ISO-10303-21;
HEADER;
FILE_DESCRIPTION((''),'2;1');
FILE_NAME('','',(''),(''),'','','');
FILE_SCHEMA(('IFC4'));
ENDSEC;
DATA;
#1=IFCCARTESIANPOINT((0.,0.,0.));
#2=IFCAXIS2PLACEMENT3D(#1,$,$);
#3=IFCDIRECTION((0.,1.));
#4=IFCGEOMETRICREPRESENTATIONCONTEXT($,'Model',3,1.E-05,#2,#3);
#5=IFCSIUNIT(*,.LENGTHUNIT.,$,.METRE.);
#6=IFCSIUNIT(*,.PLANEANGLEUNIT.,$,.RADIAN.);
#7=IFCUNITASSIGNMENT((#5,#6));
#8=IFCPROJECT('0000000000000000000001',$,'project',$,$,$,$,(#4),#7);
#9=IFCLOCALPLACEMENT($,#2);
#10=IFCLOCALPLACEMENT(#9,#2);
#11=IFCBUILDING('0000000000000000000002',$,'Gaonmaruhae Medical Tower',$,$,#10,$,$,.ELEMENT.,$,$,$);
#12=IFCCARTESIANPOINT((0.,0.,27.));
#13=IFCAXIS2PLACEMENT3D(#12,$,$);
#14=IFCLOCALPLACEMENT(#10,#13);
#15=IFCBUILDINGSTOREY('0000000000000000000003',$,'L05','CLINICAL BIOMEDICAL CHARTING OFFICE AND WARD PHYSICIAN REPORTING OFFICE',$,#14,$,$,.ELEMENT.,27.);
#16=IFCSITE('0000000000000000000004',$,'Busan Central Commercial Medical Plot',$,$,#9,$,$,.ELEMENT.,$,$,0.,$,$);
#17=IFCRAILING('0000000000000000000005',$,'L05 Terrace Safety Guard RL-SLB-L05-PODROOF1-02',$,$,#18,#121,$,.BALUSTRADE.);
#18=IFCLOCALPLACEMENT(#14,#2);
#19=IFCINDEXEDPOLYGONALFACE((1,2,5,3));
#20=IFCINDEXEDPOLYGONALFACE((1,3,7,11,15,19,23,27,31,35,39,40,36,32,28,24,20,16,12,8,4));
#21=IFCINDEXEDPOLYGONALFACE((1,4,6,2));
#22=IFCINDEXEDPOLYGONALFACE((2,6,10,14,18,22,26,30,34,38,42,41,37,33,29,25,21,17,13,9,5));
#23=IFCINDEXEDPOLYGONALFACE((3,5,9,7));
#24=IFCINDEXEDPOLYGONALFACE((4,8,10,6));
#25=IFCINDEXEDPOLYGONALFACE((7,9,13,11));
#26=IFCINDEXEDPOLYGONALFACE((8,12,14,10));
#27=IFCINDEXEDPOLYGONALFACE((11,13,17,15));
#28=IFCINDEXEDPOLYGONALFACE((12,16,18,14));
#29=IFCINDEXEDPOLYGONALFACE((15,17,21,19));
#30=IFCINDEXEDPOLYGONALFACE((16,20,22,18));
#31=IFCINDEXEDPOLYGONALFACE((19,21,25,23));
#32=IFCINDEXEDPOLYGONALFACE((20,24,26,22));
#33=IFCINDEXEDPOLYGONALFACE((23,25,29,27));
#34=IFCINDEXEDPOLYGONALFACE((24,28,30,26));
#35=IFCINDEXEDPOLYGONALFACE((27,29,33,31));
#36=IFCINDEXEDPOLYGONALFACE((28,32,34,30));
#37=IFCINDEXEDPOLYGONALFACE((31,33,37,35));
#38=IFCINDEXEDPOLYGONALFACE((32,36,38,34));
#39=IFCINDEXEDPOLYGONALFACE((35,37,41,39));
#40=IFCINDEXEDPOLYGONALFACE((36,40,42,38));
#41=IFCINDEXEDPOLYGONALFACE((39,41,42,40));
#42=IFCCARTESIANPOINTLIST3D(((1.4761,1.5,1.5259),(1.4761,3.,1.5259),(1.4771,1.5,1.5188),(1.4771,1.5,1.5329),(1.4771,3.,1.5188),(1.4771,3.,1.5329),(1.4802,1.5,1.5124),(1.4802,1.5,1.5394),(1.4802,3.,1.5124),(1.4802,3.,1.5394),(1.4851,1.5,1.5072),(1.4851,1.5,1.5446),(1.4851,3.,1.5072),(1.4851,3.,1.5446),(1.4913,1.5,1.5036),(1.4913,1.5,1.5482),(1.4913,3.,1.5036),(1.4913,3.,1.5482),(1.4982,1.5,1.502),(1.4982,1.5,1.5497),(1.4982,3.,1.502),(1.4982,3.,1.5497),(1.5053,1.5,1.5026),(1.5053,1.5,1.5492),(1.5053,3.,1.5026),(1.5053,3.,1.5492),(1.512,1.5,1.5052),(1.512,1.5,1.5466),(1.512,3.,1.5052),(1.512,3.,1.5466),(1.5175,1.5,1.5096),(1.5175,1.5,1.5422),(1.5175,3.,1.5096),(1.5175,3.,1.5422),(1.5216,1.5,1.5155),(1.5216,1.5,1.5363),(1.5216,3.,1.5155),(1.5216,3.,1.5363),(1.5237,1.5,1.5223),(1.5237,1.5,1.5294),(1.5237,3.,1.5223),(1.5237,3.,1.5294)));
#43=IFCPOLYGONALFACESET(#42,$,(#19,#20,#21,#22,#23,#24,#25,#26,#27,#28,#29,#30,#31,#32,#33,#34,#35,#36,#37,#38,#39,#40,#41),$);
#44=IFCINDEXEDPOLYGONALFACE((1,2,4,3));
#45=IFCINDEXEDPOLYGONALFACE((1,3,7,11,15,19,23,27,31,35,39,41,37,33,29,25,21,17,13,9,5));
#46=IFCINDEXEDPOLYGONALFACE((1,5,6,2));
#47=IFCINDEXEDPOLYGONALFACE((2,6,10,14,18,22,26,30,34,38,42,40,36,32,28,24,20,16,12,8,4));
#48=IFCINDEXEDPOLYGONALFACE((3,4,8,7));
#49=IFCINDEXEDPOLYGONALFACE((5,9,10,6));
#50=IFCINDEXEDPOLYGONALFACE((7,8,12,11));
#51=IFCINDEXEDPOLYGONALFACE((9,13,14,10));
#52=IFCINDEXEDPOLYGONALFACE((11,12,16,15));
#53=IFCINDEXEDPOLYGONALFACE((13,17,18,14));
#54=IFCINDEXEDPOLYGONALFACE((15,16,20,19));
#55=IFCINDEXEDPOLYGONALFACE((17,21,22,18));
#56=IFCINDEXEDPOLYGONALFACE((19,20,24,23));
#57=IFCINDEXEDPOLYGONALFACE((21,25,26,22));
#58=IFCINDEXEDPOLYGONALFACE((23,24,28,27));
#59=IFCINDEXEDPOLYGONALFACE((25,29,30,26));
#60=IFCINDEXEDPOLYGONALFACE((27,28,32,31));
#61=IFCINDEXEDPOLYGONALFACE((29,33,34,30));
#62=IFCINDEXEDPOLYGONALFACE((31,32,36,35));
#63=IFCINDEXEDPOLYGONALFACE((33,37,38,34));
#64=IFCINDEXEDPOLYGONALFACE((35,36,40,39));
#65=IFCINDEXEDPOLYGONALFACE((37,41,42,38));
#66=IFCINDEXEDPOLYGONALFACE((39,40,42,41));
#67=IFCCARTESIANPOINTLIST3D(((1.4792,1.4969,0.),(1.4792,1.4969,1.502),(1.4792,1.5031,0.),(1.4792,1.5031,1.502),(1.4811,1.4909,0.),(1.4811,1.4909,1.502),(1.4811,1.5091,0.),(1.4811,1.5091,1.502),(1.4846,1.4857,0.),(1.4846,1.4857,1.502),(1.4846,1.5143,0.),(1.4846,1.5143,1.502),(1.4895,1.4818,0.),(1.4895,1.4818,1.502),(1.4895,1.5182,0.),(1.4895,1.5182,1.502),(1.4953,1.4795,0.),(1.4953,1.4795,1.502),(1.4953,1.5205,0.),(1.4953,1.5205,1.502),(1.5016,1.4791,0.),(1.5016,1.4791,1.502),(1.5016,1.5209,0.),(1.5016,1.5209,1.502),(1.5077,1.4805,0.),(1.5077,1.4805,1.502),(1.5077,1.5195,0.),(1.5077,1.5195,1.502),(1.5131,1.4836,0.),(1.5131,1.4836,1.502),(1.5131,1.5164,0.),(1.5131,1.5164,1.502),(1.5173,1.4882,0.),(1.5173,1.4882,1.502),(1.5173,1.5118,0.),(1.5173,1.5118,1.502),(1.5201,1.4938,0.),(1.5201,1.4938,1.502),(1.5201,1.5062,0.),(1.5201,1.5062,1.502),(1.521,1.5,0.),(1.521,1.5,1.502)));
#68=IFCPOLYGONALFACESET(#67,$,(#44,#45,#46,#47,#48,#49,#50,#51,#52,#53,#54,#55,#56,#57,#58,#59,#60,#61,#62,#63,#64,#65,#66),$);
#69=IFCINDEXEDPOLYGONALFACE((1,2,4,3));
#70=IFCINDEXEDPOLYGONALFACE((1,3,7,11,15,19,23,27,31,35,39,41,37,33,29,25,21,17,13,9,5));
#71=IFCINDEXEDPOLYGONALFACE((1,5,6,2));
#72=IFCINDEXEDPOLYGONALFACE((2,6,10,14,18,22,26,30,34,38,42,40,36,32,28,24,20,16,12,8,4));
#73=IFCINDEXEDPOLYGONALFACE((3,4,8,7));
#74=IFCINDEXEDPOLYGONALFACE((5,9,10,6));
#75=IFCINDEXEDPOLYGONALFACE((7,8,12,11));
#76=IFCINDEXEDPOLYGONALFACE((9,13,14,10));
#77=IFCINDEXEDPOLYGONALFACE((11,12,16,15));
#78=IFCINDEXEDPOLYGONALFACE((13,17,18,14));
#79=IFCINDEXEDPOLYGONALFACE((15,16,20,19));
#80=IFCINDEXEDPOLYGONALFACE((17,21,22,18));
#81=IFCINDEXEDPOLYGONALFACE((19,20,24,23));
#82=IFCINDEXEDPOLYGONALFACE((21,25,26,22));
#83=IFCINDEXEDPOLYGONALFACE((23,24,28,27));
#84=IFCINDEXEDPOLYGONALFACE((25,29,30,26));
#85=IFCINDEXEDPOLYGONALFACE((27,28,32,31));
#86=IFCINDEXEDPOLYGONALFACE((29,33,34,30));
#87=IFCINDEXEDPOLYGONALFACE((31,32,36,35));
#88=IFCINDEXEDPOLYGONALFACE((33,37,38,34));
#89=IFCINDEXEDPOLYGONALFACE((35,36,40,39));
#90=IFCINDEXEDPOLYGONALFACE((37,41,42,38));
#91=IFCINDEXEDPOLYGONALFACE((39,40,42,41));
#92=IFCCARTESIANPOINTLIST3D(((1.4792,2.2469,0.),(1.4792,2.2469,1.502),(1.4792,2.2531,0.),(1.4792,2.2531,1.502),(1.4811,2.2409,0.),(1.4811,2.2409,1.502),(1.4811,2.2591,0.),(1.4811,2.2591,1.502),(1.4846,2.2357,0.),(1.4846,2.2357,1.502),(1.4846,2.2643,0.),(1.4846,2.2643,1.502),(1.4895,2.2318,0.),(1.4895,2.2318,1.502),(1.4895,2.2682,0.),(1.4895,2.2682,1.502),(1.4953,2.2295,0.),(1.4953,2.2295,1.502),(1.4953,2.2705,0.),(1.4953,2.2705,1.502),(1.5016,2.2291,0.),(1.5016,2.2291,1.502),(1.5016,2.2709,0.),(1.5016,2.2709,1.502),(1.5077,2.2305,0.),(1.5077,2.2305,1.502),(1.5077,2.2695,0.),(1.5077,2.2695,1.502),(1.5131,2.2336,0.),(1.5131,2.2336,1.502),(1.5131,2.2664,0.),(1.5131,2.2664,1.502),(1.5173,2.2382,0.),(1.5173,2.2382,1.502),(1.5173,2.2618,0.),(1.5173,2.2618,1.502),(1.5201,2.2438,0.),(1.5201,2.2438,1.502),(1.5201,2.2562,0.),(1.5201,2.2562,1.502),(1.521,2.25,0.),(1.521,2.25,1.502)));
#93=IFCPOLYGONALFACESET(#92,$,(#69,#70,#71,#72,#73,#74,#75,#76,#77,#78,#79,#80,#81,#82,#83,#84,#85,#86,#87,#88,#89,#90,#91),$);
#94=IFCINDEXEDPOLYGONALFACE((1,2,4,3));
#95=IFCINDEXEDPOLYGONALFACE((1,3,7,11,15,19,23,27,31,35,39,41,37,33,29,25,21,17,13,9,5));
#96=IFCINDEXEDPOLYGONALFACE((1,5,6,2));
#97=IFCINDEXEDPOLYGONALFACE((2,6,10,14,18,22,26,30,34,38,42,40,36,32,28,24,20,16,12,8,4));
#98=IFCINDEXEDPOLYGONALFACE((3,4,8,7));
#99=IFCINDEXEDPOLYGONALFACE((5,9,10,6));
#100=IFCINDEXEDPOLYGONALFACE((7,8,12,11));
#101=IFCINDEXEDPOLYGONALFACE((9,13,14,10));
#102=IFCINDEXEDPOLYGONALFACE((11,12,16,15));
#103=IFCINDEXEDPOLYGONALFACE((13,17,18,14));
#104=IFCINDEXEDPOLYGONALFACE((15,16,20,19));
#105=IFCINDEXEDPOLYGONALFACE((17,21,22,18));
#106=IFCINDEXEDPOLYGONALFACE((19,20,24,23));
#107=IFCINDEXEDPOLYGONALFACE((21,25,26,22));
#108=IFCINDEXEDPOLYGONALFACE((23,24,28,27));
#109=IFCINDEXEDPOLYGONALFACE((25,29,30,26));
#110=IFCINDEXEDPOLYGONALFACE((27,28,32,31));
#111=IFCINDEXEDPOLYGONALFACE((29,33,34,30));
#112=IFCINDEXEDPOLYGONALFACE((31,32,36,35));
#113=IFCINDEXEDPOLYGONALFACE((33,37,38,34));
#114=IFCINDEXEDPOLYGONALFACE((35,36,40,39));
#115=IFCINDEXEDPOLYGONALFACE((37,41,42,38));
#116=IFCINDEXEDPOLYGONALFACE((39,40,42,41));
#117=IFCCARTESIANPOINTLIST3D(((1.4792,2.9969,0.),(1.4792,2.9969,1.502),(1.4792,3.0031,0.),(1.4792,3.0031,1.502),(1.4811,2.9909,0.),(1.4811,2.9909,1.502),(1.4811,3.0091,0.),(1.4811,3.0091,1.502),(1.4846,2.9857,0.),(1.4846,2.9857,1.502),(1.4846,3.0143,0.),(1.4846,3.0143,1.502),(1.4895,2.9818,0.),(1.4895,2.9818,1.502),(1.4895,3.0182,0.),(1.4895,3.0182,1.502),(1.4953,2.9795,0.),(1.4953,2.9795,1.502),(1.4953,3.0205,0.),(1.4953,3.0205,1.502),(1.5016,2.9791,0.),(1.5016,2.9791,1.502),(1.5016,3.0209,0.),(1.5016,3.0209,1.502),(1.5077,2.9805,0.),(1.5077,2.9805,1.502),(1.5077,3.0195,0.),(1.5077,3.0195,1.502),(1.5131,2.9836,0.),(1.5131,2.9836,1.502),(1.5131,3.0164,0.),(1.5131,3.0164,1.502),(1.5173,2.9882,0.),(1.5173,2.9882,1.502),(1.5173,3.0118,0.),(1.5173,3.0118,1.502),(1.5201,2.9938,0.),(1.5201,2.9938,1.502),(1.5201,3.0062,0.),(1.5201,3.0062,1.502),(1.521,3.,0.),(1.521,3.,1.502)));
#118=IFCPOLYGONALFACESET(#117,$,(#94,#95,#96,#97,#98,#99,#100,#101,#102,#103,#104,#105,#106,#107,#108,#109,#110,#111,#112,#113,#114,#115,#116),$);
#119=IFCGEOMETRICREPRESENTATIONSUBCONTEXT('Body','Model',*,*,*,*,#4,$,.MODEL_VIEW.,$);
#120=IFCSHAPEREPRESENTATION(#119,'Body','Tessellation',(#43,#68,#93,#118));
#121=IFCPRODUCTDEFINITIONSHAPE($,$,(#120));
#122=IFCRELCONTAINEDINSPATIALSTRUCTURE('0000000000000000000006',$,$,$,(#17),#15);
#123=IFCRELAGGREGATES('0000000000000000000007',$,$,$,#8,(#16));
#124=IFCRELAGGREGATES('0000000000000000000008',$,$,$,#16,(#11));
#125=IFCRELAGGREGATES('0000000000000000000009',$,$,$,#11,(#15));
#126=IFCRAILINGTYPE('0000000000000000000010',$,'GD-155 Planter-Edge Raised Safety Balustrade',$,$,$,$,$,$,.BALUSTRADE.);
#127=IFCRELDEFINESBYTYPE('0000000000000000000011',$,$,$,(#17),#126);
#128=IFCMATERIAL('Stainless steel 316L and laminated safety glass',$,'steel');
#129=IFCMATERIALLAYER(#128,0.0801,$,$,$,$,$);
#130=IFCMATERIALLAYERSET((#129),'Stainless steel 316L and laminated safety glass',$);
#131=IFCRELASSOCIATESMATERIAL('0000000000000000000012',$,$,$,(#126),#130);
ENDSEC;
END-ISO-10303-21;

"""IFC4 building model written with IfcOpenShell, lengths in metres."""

from ifc_helpers import new_model, si_unit, direction, frame, origin, origin_2d, place, context, subcontext, project, spatial, circle, extrude, material, layer, layer_set, type_object, element, save


model = new_model("IFC4")

# Units and contexts
model_context = context("Model", 3, precision=1e-05, world=origin(), true_north=direction((0.0, 1.0)))
body_context = subcontext(model_context, "Body", "Model", "MODEL_VIEW")
ifc_project = project(units=[si_unit("LENGTHUNIT", "METRE"), si_unit("PLANEANGLEUNIT", "RADIAN")], contexts=[model_context])

# Site, building, storey
site_placement = place(None, origin())
site = spatial("IfcSite", under=ifc_project, at=site_placement, Name="Busan Central Commercial Medical Plot", CompositionType="ELEMENT", RefElevation=0.0)
building_placement = place(site_placement, origin())
building = spatial("IfcBuilding", under=site, at=building_placement, Name="Gaonmaruhae Medical Tower", CompositionType="ELEMENT")
storey_placement = place(building_placement, frame((0.0, 0.0, 27.0)))
storey = spatial("IfcBuildingStorey", under=building, at=storey_placement, Name="L05", Description="CLINICAL BIOMEDICAL CHARTING OFFICE AND WARD PHYSICIAN REPORTING OFFICE", CompositionType="ELEMENT", Elevation=27.0)

# Railing
ifc_material_1 = material(Name="Stainless steel 316L and laminated safety glass", Category="steel")
ifc_layer_1 = layer(ifc_material_1, 0.0801)
ifc_layer_set_1 = layer_set([ifc_layer_1], Name="Stainless steel 316L and laminated safety glass")
railing_type = type_object("IfcRailingType", Name="GD-155 Planter-Edge Raised Safety Balustrade", PredefinedType="BALUSTRADE", material=ifc_layer_set_1)
railing_1_placement = place(storey_placement, frame((1.5, 1.5, 0.0)))
element("IfcRailing", 1, at=railing_1_placement, inside=storey, type_object=railing_type, Name="L05 Terrace Safety Guard RL-SLB-L05-PODROOF1-02", PredefinedType="BALUSTRADE", context=body_context, shape_type="SweptSolid", body=[
    extrude(circle(Radius=0.0239, at=origin_2d()), frame((0.0, 0.0, 1.5259), z_axis=(0.0, 1.0, 0.0), x_axis=(-1.0, 0.0, 0.0)), (0.0, 0.0, 1.0), 1.5),
    extrude(circle(Radius=0.021, at=origin_2d()), origin(), (0.0, 0.0, 1.0), 1.502),
    extrude(circle(Radius=0.021, at=origin_2d()), frame((0.0, 0.75, 0.0)), (0.0, 0.0, 1.0), 1.502),
    extrude(circle(Radius=0.021, at=origin_2d()), frame((0.0, 1.5, 0.0)), (0.0, 0.0, 1.0), 1.502),
])

save(model, "model.ifc")
